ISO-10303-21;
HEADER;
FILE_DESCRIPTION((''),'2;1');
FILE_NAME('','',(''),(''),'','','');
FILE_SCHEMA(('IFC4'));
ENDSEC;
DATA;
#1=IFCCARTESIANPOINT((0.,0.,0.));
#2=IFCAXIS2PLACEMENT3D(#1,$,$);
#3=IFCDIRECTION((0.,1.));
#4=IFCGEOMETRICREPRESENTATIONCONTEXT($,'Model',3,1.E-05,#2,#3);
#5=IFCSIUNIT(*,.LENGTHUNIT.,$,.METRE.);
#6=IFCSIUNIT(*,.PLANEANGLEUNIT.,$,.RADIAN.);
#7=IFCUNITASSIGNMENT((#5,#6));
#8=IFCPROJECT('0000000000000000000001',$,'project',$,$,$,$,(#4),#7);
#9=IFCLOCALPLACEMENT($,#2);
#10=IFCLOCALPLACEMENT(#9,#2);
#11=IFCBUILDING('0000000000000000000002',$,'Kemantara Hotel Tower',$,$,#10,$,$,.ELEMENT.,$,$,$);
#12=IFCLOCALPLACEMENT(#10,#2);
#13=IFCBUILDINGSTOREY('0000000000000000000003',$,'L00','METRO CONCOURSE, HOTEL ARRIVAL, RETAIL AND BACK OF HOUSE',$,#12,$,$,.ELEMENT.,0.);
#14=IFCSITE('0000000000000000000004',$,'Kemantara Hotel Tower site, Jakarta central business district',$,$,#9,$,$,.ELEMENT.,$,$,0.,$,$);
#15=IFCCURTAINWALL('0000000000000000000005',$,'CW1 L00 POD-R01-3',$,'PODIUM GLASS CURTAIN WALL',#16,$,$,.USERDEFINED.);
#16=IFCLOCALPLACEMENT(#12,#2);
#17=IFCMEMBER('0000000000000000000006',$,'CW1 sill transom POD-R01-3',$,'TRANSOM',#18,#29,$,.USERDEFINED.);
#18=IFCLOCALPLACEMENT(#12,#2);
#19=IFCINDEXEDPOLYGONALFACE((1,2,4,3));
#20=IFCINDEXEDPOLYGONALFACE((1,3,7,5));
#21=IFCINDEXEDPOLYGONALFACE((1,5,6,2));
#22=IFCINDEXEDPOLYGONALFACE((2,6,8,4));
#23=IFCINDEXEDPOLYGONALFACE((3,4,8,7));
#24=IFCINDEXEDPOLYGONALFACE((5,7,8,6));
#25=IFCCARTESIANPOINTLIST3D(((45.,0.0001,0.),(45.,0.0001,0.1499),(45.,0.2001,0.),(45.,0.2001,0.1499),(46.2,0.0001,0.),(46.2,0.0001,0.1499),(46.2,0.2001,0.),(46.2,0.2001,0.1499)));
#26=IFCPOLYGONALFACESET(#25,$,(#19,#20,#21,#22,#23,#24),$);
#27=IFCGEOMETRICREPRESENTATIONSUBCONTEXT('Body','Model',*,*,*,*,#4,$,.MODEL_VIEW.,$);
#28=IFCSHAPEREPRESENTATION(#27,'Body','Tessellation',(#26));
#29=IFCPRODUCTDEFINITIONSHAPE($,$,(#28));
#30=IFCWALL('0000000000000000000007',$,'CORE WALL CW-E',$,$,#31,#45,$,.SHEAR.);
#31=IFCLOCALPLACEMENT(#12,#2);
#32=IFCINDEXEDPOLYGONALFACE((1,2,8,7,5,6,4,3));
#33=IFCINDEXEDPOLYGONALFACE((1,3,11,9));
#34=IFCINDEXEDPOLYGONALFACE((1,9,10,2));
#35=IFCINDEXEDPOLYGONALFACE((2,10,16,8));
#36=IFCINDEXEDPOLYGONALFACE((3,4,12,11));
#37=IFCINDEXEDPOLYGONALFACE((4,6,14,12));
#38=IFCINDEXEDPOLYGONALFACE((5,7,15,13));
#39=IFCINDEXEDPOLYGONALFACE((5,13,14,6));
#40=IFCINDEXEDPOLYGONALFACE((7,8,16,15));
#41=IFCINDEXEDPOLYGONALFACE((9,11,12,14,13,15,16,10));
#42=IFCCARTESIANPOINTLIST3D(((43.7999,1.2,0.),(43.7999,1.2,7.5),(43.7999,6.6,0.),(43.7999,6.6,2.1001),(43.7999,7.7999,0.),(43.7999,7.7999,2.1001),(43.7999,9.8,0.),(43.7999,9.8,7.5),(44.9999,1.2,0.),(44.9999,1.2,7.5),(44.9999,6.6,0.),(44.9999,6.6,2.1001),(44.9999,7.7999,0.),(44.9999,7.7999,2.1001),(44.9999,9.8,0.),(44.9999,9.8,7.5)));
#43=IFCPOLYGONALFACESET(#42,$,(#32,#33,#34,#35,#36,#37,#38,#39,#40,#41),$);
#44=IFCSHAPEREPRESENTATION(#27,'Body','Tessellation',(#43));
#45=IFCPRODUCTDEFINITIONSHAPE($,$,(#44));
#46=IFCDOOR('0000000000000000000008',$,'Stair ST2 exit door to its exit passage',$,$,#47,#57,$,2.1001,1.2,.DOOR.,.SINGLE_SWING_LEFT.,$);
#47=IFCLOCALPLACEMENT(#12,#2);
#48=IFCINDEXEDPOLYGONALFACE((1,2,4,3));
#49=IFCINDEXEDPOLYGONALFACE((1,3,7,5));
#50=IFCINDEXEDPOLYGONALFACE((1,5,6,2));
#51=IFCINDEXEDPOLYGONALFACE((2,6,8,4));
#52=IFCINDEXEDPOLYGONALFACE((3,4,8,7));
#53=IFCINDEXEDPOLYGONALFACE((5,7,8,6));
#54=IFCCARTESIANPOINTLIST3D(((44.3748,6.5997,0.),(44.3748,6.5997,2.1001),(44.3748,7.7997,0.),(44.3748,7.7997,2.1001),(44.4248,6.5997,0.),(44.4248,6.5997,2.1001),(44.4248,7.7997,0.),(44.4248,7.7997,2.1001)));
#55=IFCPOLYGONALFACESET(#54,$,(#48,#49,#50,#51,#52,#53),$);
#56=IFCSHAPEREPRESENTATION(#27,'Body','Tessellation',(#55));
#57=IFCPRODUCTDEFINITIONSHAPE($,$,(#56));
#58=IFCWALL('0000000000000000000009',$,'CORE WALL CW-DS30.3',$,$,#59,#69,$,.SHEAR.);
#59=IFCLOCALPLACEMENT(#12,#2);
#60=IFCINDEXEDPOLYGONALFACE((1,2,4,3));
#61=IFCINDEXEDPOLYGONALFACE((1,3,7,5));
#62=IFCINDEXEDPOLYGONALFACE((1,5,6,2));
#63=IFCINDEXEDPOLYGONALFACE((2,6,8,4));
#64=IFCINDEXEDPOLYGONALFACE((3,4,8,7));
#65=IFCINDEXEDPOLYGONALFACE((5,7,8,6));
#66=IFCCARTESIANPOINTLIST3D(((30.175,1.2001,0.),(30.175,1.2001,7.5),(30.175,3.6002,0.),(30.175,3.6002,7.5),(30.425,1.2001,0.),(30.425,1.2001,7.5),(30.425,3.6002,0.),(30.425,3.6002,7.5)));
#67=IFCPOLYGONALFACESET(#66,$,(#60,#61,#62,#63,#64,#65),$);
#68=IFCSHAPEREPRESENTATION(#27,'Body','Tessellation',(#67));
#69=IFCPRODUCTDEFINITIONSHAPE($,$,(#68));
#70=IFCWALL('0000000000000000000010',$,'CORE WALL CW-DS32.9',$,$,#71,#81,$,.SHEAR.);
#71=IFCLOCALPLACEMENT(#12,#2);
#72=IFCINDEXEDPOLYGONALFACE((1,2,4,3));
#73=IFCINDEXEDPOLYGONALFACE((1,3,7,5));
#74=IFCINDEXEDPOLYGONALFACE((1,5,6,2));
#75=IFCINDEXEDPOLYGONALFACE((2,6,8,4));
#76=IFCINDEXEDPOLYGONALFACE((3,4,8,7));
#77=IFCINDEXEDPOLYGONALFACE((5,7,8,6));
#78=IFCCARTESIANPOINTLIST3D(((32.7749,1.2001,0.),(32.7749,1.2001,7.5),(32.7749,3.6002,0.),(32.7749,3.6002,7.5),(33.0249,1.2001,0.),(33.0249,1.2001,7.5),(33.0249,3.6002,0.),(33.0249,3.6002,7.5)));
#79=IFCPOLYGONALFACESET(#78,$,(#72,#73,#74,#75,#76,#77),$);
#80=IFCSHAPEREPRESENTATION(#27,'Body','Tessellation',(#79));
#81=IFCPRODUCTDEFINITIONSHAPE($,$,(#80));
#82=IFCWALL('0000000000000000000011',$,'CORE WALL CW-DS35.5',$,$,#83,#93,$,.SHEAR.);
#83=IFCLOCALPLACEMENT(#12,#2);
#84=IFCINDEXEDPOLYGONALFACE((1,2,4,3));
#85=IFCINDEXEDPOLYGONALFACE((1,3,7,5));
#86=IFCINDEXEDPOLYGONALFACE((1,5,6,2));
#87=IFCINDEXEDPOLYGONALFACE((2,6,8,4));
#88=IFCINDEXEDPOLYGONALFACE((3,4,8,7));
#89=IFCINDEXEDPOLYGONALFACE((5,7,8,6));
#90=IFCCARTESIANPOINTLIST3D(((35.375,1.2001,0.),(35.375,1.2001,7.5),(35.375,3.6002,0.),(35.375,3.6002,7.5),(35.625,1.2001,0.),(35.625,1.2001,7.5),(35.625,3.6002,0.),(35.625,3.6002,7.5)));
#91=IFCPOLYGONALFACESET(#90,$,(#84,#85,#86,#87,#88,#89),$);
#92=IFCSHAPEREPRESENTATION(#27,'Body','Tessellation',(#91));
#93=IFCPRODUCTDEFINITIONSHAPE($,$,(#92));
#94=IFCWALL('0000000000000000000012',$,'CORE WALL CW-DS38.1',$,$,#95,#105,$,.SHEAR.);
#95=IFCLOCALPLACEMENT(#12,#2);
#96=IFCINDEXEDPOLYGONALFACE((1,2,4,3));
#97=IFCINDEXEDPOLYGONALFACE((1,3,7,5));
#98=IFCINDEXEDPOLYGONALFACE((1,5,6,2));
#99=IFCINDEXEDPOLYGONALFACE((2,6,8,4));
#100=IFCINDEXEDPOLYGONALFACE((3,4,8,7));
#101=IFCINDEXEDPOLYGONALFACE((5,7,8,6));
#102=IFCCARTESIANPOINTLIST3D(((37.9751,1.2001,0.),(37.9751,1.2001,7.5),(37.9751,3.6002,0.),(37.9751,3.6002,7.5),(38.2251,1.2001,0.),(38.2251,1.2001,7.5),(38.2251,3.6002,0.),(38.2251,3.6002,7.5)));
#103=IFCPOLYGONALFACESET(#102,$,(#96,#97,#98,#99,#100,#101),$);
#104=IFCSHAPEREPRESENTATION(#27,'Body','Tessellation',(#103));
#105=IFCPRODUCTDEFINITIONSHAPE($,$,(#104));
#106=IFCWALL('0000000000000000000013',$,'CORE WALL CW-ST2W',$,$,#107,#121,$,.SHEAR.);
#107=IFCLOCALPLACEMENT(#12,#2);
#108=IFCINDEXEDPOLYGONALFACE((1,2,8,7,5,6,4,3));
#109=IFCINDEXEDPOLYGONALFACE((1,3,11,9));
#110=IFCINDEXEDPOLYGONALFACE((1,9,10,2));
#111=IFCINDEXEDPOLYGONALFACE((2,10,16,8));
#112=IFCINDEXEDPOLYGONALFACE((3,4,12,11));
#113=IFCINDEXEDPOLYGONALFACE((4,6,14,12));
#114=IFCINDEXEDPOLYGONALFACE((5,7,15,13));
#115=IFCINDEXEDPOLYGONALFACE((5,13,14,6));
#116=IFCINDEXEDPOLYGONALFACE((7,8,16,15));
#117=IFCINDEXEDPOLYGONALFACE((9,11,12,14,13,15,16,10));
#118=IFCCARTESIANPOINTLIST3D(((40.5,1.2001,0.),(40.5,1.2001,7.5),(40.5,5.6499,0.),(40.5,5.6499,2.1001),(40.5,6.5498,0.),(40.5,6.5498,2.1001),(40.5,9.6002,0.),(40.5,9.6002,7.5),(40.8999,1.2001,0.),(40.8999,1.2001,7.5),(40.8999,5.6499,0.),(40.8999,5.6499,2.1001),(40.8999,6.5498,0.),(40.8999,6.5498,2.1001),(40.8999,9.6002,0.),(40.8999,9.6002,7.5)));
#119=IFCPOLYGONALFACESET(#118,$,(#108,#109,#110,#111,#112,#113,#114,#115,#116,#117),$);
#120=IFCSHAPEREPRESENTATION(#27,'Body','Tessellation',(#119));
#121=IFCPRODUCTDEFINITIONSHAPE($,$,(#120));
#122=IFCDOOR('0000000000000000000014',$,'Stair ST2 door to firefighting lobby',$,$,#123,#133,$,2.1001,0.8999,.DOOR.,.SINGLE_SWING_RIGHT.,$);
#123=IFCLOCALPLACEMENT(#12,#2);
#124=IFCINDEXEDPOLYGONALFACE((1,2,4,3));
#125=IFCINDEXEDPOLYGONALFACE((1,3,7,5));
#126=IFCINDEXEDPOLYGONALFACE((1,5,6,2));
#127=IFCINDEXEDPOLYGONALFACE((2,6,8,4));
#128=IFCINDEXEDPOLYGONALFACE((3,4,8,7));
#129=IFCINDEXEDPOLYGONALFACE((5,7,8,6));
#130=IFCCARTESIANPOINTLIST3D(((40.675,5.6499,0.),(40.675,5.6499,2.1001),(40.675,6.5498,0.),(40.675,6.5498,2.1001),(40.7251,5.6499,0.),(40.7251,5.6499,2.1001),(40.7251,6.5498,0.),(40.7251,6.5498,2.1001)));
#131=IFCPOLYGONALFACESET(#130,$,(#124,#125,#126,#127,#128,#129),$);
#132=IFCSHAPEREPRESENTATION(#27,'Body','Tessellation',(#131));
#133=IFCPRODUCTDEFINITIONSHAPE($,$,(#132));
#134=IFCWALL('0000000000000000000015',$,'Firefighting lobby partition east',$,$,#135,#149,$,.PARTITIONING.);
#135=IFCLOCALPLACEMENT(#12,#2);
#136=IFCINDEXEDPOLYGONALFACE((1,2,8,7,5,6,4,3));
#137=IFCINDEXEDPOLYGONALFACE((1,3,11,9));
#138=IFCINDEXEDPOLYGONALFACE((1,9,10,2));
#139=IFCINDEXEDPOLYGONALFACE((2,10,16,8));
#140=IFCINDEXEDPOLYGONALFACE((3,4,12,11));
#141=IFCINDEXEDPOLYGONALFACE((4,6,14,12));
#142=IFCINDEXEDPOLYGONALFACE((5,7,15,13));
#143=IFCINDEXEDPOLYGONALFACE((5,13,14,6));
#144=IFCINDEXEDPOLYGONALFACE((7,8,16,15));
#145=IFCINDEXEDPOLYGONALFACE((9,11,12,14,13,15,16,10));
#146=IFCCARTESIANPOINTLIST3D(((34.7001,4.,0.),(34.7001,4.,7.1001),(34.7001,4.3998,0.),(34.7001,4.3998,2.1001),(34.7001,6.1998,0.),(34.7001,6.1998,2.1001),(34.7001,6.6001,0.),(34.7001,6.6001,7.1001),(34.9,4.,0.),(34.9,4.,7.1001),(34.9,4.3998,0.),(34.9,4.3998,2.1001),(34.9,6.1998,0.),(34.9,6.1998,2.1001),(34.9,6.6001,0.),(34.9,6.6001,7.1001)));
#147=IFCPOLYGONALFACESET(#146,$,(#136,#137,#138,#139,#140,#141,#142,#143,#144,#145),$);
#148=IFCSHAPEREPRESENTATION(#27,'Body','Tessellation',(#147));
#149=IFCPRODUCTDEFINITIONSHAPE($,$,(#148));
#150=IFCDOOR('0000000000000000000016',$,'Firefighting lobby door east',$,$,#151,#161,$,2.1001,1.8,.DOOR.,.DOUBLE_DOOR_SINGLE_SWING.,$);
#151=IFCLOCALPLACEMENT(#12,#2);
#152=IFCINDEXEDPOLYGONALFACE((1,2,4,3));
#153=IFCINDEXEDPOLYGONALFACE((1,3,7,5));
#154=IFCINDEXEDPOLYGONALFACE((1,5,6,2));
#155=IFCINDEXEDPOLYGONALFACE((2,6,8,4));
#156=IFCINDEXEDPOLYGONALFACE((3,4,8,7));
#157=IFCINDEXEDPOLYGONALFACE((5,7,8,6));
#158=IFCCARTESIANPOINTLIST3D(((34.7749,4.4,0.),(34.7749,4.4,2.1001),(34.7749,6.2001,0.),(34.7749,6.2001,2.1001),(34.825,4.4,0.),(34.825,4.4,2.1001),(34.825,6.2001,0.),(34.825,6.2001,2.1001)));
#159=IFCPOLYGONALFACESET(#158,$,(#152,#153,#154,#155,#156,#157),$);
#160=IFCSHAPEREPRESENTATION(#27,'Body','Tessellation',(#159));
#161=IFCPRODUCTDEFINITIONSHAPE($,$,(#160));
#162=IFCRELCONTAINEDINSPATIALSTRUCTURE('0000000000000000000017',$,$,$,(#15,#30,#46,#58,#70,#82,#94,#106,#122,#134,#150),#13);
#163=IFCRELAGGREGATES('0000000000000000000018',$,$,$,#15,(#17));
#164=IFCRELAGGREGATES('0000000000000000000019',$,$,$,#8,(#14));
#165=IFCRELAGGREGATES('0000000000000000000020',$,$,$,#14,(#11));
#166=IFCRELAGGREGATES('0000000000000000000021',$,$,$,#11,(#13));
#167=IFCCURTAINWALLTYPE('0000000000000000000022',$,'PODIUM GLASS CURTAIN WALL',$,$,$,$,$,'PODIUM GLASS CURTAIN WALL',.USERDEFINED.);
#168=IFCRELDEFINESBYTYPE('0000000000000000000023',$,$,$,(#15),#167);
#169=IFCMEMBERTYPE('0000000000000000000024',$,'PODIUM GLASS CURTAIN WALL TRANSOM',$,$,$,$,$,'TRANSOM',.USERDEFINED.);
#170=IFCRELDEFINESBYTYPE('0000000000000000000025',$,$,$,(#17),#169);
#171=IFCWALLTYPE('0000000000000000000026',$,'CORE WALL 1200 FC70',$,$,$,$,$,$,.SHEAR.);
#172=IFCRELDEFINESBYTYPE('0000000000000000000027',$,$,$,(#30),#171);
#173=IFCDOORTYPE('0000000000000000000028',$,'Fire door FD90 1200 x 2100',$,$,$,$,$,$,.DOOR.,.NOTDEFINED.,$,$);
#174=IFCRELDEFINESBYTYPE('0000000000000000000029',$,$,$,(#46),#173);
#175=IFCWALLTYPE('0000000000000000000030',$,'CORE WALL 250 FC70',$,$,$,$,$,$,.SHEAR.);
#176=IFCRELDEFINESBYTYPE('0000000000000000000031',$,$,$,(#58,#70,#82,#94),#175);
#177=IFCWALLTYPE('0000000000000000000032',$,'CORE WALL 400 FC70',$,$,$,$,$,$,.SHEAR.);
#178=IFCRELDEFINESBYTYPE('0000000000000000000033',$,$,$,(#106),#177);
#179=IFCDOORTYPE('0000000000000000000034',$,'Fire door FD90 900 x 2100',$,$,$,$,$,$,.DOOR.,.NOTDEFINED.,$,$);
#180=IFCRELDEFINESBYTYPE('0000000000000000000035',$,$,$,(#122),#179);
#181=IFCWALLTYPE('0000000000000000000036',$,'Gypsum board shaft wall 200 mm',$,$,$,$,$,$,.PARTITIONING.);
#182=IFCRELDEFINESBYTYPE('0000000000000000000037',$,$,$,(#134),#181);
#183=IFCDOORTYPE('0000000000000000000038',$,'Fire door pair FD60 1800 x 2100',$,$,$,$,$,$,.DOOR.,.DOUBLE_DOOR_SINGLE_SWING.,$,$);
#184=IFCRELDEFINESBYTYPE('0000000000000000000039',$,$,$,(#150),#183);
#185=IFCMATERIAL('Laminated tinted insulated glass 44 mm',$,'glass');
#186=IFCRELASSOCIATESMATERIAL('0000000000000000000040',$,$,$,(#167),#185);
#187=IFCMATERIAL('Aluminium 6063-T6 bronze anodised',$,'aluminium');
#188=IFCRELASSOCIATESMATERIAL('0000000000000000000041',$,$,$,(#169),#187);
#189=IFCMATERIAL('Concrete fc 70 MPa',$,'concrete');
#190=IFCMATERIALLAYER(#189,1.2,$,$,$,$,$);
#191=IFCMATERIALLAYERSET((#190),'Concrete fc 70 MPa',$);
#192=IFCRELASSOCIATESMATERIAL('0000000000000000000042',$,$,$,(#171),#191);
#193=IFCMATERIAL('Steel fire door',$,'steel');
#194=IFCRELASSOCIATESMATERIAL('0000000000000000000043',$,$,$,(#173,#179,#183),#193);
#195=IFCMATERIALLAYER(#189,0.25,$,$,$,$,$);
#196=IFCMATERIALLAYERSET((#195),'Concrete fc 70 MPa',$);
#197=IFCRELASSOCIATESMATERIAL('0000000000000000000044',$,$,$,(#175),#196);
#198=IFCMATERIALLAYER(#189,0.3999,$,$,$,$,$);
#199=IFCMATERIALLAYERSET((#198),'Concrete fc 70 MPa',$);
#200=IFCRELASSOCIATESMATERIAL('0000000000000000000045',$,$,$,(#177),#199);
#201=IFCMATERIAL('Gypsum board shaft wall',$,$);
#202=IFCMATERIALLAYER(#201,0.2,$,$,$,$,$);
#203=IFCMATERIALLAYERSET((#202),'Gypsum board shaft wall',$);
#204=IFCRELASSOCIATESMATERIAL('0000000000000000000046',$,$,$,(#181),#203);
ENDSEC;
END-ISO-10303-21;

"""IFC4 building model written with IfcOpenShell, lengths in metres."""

from ifc_helpers import new_model, si_unit, direction, frame, frame_2d, origin, origin_2d, place, context, subcontext, project, spatial, rectangle, extrude, material, layer, layer_set, material_profile, profile_set, type_object, element, fill, aggregate, save


model = new_model("IFC4")

# Units and contexts
model_context = context("Model", 3, precision=1e-05, world=origin(), true_north=direction((0.0, 1.0)))
body_context = subcontext(model_context, "Body", "Model", "MODEL_VIEW")
ifc_project = project(units=[si_unit("LENGTHUNIT", "METRE"), si_unit("PLANEANGLEUNIT", "RADIAN")], contexts=[model_context])

# Site, building, storey
site_placement = place(None, origin())
site = spatial("IfcSite", under=ifc_project, at=site_placement, Name="Kemantara Hotel Tower site, Jakarta central business district", CompositionType="ELEMENT", RefElevation=0.0)
building_placement = place(site_placement, origin())
building = spatial("IfcBuilding", under=site, at=building_placement, Name="Kemantara Hotel Tower", CompositionType="ELEMENT")
storey_placement = place(building_placement, origin())
storey = spatial("IfcBuildingStorey", under=building, at=storey_placement, Name="L00", Description="METRO CONCOURSE, HOTEL ARRIVAL, RETAIL AND BACK OF HOUSE", CompositionType="ELEMENT", Elevation=0.0)

# Curtain wall, member
ifc_material_1 = material(Name="Laminated tinted insulated glass 44 mm", Category="glass")
curtain_wall_type = type_object("IfcCurtainWallType", Name="PODIUM GLASS CURTAIN WALL", ElementType="PODIUM GLASS CURTAIN WALL", PredefinedType="USERDEFINED", material=ifc_material_1)
curtain_wall_placement = place(storey_placement, origin())
curtain_wall = element("IfcCurtainWall", 1, at=curtain_wall_placement, inside=storey, type_object=curtain_wall_type, Name="CW1 L00 POD-R01-3", ObjectType="PODIUM GLASS CURTAIN WALL", PredefinedType="USERDEFINED")
ifc_material_2 = material(Name="Aluminium 6063-T6 bronze anodised", Category="aluminium")
ifc_material_profile = material_profile(ifc_material_2, rectangle(XDim=0.2, YDim=0.1499, at=origin_2d()), Name="PODIUM GLASS CURTAIN WALL TRANSOM")
ifc_profile_set = profile_set([ifc_material_profile], Name="Aluminium 6063-T6 bronze anodised")
member_type = type_object("IfcMemberType", Name="PODIUM GLASS CURTAIN WALL TRANSOM", ElementType="TRANSOM", PredefinedType="USERDEFINED", material=ifc_profile_set)
member_placement = place(storey_placement, frame((45.0, 0.1001, 0.075), z_axis=(1.0, 0.0, 0.0), x_axis=(0.0, 1.0, 0.0)))
member = element("IfcMember", 2, at=member_placement, type_object=member_type, Name="CW1 sill transom POD-R01-3", ObjectType="TRANSOM", PredefinedType="USERDEFINED", context=body_context, shape_type="SweptSolid", body=[
    extrude(rectangle(XDim=0.2, YDim=0.1499, at=origin_2d()), origin(), (0.0, 0.0, 1.0), 1.2),
])
aggregate(curtain_wall, [member])

# Wall, opening, door
ifc_material_3 = material(Name="Concrete fc 70 MPa", Category="concrete")
ifc_layer_1 = layer(ifc_material_3, 1.2)
ifc_layer_set_1 = layer_set([ifc_layer_1], Name="Concrete fc 70 MPa")
wall_type_1 = type_object("IfcWallType", Name="CORE WALL 1200 FC70", PredefinedType="SHEAR", material=ifc_layer_set_1)
wall_1_placement = place(storey_placement, frame((44.3999, 1.2, 0.0), z_axis=(0.0, 0.0, 1.0), x_axis=(0.0, 1.0, 0.0)))
wall_1 = element("IfcWall", 3, at=wall_1_placement, inside=storey, type_object=wall_type_1, Name="CORE WALL CW-E", PredefinedType="SHEAR", context=body_context, shape_type="SweptSolid", body=[
    extrude(rectangle(XDim=8.6001, YDim=1.2, at=frame_2d((4.3, 0.0))), origin(), (0.0, 0.0, 1.0), 7.5),
])
opening_1_placement = place(wall_1_placement, frame((5.3999, 0.0, 0.0)))
opening_1 = element("IfcOpeningElement", 4, at=opening_1_placement, cuts=wall_1, PredefinedType="OPENING", context=body_context, shape_type="SweptSolid", body=[
    extrude(rectangle(XDim=1.2, YDim=2.1001, at=frame_2d((0.6001, 1.05))), frame((0.0, 0.6099, 0.0), z_axis=(0.0, -1.0, 0.0), x_axis=(1.0, 0.0, 0.0)), (0.0, 0.0, 1.0), 1.22),
])
ifc_material_4 = material(Name="Steel fire door", Category="steel")
door_type_1 = type_object("IfcDoorType", Name="Fire door FD90 1200 x 2100", OperationType="NOTDEFINED", PredefinedType="DOOR", material=ifc_material_4)
door_1_placement = place(opening_1_placement, frame((1.2, 0.0, 0.0), z_axis=(0.0, 0.0, 1.0), x_axis=(-1.0, 0.0, 0.0)))
door_1 = element("IfcDoor", 5, at=door_1_placement, inside=storey, type_object=door_type_1, Name="Stair ST2 exit door to its exit passage", OperationType="SINGLE_SWING_LEFT", OverallHeight=2.1001, OverallWidth=1.2, PredefinedType="DOOR", context=body_context, shape_type="SweptSolid", body=[
    extrude(rectangle(XDim=1.2, YDim=2.1001, at=frame_2d((0.6001, 1.05))), frame((0.0, 0.0249, 0.0), z_axis=(0.0, -1.0, 0.0), x_axis=(1.0, 0.0, 0.0)), (0.0, 0.0, 1.0), 0.05),
])
fill(opening_1, door_1)

# Walls
ifc_layer_2 = layer(ifc_material_3, 0.25)
ifc_layer_set_2 = layer_set([ifc_layer_2], Name="Concrete fc 70 MPa")
wall_type_2 = type_object("IfcWallType", Name="CORE WALL 250 FC70", PredefinedType="SHEAR", material=ifc_layer_set_2)
for number, where, z_axis, x_axis, name in (
    (6, (30.3, 1.2, 0.0), (0.0, 0.0, 1.0), (0.0, 1.0, 0.0), "CORE WALL CW-DS30.3"),
    (7, (32.8999, 1.2, 0.0), (0.0, 0.0, 1.0), (0.0, 1.0, 0.0), "CORE WALL CW-DS32.9"),
    (8, (35.5, 1.2, 0.0), (0.0, 0.0, 1.0), (0.0, 1.0, 0.0), "CORE WALL CW-DS35.5"),
    (9, (38.1001, 1.2, 0.0), (0.0, 0.0, 1.0), (0.0, 1.0, 0.0), "CORE WALL CW-DS38.1"),
):
    element("IfcWall", number, at=place(storey_placement, frame(where, z_axis=z_axis, x_axis=x_axis)), inside=storey, type_object=wall_type_2, Name=name, PredefinedType="SHEAR", context=body_context, shape_type="SweptSolid", body=[
        extrude(rectangle(XDim=2.4001, YDim=0.25, at=frame_2d((1.2002, 0.0))), origin(), (0.0, 0.0, 1.0), 7.5),
    ])

# Walls, openings, doors
ifc_layer_3 = layer(ifc_material_3, 0.3999)
ifc_layer_set_3 = layer_set([ifc_layer_3], Name="Concrete fc 70 MPa")
wall_type_3 = type_object("IfcWallType", Name="CORE WALL 400 FC70", PredefinedType="SHEAR", material=ifc_layer_set_3)
wall_2_placement = place(storey_placement, frame((40.7, 1.2, 0.0), z_axis=(0.0, 0.0, 1.0), x_axis=(0.0, 1.0, 0.0)))
wall_2 = element("IfcWall", 10, at=wall_2_placement, inside=storey, type_object=wall_type_3, Name="CORE WALL CW-ST2W", PredefinedType="SHEAR", context=body_context, shape_type="SweptSolid", body=[
    extrude(rectangle(XDim=8.4001, YDim=0.3999, at=frame_2d((4.2002, 0.0))), origin(), (0.0, 0.0, 1.0), 7.5),
])
opening_2_placement = place(wall_2_placement, frame((4.45, 0.0, 0.0)))
opening_2 = element("IfcOpeningElement", 11, at=opening_2_placement, cuts=wall_2, PredefinedType="OPENING", context=body_context, shape_type="SweptSolid", body=[
    extrude(rectangle(XDim=0.8999, YDim=2.1001, at=frame_2d((0.45, 1.05))), frame((0.0, 0.21, 0.0), z_axis=(0.0, -1.0, 0.0), x_axis=(1.0, 0.0, 0.0)), (0.0, 0.0, 1.0), 0.4199),
])
door_type_2 = type_object("IfcDoorType", Name="Fire door FD90 900 x 2100", OperationType="NOTDEFINED", PredefinedType="DOOR", material=ifc_material_4)
door_2_placement = place(opening_2_placement, origin())
door_2 = element("IfcDoor", 12, at=door_2_placement, inside=storey, type_object=door_type_2, Name="Stair ST2 door to firefighting lobby", OperationType="SINGLE_SWING_RIGHT", OverallHeight=2.1001, OverallWidth=0.8999, PredefinedType="DOOR", context=body_context, shape_type="SweptSolid", body=[
    extrude(rectangle(XDim=0.8999, YDim=2.1001, at=frame_2d((0.45, 1.05))), frame((0.0, 0.0249, 0.0), z_axis=(0.0, -1.0, 0.0), x_axis=(1.0, 0.0, 0.0)), (0.0, 0.0, 1.0), 0.05),
])
fill(opening_2, door_2)
ifc_material_5 = material(Name="Gypsum board shaft wall")
ifc_layer_4 = layer(ifc_material_5, 0.2)
ifc_layer_set_4 = layer_set([ifc_layer_4], Name="Gypsum board shaft wall")
wall_type_4 = type_object("IfcWallType", Name="Gypsum board shaft wall 200 mm", PredefinedType="PARTITIONING", material=ifc_layer_set_4)
wall_3_placement = place(storey_placement, frame((34.8, 4.0, 0.0), z_axis=(0.0, 0.0, 1.0), x_axis=(0.0, 1.0, 0.0)))
wall_3 = element("IfcWall", 13, at=wall_3_placement, inside=storey, type_object=wall_type_4, Name="Firefighting lobby partition east", PredefinedType="PARTITIONING", context=body_context, shape_type="SweptSolid", body=[
    extrude(rectangle(XDim=2.6001, YDim=0.2, at=frame_2d((1.3, 0.0))), origin(), (0.0, 0.0, 1.0), 7.1001),
])
opening_3_placement = place(wall_3_placement, frame((0.3999, 0.0, 0.0)))
opening_3 = element("IfcOpeningElement", 14, at=opening_3_placement, cuts=wall_3, PredefinedType="OPENING", context=body_context, shape_type="SweptSolid", body=[
    extrude(rectangle(XDim=1.8, YDim=2.1001, at=frame_2d((0.8999, 1.05))), frame((0.0, 0.1099, 0.0), z_axis=(0.0, -1.0, 0.0), x_axis=(1.0, 0.0, 0.0)), (0.0, 0.0, 1.0), 0.22),
])
door_type_3 = type_object("IfcDoorType", Name="Fire door pair FD60 1800 x 2100", OperationType="DOUBLE_DOOR_SINGLE_SWING", PredefinedType="DOOR", material=ifc_material_4)
door_3_placement = place(opening_3_placement, frame((1.8, 0.0, 0.0), z_axis=(0.0, 0.0, 1.0), x_axis=(-1.0, 0.0, 0.0)))
door_3 = element("IfcDoor", 15, at=door_3_placement, inside=storey, type_object=door_type_3, Name="Firefighting lobby door east", OperationType="DOUBLE_DOOR_SINGLE_SWING", OverallHeight=2.1001, OverallWidth=1.8, PredefinedType="DOOR", context=body_context, shape_type="SweptSolid", body=[
    extrude(rectangle(XDim=1.8, YDim=2.1001, at=frame_2d((0.8999, 1.05))), frame((0.0, 0.0249, 0.0), z_axis=(0.0, -1.0, 0.0), x_axis=(1.0, 0.0, 0.0)), (0.0, 0.0, 1.0), 0.05),
])
fill(opening_3, door_3)

save(model, "model.ifc")
